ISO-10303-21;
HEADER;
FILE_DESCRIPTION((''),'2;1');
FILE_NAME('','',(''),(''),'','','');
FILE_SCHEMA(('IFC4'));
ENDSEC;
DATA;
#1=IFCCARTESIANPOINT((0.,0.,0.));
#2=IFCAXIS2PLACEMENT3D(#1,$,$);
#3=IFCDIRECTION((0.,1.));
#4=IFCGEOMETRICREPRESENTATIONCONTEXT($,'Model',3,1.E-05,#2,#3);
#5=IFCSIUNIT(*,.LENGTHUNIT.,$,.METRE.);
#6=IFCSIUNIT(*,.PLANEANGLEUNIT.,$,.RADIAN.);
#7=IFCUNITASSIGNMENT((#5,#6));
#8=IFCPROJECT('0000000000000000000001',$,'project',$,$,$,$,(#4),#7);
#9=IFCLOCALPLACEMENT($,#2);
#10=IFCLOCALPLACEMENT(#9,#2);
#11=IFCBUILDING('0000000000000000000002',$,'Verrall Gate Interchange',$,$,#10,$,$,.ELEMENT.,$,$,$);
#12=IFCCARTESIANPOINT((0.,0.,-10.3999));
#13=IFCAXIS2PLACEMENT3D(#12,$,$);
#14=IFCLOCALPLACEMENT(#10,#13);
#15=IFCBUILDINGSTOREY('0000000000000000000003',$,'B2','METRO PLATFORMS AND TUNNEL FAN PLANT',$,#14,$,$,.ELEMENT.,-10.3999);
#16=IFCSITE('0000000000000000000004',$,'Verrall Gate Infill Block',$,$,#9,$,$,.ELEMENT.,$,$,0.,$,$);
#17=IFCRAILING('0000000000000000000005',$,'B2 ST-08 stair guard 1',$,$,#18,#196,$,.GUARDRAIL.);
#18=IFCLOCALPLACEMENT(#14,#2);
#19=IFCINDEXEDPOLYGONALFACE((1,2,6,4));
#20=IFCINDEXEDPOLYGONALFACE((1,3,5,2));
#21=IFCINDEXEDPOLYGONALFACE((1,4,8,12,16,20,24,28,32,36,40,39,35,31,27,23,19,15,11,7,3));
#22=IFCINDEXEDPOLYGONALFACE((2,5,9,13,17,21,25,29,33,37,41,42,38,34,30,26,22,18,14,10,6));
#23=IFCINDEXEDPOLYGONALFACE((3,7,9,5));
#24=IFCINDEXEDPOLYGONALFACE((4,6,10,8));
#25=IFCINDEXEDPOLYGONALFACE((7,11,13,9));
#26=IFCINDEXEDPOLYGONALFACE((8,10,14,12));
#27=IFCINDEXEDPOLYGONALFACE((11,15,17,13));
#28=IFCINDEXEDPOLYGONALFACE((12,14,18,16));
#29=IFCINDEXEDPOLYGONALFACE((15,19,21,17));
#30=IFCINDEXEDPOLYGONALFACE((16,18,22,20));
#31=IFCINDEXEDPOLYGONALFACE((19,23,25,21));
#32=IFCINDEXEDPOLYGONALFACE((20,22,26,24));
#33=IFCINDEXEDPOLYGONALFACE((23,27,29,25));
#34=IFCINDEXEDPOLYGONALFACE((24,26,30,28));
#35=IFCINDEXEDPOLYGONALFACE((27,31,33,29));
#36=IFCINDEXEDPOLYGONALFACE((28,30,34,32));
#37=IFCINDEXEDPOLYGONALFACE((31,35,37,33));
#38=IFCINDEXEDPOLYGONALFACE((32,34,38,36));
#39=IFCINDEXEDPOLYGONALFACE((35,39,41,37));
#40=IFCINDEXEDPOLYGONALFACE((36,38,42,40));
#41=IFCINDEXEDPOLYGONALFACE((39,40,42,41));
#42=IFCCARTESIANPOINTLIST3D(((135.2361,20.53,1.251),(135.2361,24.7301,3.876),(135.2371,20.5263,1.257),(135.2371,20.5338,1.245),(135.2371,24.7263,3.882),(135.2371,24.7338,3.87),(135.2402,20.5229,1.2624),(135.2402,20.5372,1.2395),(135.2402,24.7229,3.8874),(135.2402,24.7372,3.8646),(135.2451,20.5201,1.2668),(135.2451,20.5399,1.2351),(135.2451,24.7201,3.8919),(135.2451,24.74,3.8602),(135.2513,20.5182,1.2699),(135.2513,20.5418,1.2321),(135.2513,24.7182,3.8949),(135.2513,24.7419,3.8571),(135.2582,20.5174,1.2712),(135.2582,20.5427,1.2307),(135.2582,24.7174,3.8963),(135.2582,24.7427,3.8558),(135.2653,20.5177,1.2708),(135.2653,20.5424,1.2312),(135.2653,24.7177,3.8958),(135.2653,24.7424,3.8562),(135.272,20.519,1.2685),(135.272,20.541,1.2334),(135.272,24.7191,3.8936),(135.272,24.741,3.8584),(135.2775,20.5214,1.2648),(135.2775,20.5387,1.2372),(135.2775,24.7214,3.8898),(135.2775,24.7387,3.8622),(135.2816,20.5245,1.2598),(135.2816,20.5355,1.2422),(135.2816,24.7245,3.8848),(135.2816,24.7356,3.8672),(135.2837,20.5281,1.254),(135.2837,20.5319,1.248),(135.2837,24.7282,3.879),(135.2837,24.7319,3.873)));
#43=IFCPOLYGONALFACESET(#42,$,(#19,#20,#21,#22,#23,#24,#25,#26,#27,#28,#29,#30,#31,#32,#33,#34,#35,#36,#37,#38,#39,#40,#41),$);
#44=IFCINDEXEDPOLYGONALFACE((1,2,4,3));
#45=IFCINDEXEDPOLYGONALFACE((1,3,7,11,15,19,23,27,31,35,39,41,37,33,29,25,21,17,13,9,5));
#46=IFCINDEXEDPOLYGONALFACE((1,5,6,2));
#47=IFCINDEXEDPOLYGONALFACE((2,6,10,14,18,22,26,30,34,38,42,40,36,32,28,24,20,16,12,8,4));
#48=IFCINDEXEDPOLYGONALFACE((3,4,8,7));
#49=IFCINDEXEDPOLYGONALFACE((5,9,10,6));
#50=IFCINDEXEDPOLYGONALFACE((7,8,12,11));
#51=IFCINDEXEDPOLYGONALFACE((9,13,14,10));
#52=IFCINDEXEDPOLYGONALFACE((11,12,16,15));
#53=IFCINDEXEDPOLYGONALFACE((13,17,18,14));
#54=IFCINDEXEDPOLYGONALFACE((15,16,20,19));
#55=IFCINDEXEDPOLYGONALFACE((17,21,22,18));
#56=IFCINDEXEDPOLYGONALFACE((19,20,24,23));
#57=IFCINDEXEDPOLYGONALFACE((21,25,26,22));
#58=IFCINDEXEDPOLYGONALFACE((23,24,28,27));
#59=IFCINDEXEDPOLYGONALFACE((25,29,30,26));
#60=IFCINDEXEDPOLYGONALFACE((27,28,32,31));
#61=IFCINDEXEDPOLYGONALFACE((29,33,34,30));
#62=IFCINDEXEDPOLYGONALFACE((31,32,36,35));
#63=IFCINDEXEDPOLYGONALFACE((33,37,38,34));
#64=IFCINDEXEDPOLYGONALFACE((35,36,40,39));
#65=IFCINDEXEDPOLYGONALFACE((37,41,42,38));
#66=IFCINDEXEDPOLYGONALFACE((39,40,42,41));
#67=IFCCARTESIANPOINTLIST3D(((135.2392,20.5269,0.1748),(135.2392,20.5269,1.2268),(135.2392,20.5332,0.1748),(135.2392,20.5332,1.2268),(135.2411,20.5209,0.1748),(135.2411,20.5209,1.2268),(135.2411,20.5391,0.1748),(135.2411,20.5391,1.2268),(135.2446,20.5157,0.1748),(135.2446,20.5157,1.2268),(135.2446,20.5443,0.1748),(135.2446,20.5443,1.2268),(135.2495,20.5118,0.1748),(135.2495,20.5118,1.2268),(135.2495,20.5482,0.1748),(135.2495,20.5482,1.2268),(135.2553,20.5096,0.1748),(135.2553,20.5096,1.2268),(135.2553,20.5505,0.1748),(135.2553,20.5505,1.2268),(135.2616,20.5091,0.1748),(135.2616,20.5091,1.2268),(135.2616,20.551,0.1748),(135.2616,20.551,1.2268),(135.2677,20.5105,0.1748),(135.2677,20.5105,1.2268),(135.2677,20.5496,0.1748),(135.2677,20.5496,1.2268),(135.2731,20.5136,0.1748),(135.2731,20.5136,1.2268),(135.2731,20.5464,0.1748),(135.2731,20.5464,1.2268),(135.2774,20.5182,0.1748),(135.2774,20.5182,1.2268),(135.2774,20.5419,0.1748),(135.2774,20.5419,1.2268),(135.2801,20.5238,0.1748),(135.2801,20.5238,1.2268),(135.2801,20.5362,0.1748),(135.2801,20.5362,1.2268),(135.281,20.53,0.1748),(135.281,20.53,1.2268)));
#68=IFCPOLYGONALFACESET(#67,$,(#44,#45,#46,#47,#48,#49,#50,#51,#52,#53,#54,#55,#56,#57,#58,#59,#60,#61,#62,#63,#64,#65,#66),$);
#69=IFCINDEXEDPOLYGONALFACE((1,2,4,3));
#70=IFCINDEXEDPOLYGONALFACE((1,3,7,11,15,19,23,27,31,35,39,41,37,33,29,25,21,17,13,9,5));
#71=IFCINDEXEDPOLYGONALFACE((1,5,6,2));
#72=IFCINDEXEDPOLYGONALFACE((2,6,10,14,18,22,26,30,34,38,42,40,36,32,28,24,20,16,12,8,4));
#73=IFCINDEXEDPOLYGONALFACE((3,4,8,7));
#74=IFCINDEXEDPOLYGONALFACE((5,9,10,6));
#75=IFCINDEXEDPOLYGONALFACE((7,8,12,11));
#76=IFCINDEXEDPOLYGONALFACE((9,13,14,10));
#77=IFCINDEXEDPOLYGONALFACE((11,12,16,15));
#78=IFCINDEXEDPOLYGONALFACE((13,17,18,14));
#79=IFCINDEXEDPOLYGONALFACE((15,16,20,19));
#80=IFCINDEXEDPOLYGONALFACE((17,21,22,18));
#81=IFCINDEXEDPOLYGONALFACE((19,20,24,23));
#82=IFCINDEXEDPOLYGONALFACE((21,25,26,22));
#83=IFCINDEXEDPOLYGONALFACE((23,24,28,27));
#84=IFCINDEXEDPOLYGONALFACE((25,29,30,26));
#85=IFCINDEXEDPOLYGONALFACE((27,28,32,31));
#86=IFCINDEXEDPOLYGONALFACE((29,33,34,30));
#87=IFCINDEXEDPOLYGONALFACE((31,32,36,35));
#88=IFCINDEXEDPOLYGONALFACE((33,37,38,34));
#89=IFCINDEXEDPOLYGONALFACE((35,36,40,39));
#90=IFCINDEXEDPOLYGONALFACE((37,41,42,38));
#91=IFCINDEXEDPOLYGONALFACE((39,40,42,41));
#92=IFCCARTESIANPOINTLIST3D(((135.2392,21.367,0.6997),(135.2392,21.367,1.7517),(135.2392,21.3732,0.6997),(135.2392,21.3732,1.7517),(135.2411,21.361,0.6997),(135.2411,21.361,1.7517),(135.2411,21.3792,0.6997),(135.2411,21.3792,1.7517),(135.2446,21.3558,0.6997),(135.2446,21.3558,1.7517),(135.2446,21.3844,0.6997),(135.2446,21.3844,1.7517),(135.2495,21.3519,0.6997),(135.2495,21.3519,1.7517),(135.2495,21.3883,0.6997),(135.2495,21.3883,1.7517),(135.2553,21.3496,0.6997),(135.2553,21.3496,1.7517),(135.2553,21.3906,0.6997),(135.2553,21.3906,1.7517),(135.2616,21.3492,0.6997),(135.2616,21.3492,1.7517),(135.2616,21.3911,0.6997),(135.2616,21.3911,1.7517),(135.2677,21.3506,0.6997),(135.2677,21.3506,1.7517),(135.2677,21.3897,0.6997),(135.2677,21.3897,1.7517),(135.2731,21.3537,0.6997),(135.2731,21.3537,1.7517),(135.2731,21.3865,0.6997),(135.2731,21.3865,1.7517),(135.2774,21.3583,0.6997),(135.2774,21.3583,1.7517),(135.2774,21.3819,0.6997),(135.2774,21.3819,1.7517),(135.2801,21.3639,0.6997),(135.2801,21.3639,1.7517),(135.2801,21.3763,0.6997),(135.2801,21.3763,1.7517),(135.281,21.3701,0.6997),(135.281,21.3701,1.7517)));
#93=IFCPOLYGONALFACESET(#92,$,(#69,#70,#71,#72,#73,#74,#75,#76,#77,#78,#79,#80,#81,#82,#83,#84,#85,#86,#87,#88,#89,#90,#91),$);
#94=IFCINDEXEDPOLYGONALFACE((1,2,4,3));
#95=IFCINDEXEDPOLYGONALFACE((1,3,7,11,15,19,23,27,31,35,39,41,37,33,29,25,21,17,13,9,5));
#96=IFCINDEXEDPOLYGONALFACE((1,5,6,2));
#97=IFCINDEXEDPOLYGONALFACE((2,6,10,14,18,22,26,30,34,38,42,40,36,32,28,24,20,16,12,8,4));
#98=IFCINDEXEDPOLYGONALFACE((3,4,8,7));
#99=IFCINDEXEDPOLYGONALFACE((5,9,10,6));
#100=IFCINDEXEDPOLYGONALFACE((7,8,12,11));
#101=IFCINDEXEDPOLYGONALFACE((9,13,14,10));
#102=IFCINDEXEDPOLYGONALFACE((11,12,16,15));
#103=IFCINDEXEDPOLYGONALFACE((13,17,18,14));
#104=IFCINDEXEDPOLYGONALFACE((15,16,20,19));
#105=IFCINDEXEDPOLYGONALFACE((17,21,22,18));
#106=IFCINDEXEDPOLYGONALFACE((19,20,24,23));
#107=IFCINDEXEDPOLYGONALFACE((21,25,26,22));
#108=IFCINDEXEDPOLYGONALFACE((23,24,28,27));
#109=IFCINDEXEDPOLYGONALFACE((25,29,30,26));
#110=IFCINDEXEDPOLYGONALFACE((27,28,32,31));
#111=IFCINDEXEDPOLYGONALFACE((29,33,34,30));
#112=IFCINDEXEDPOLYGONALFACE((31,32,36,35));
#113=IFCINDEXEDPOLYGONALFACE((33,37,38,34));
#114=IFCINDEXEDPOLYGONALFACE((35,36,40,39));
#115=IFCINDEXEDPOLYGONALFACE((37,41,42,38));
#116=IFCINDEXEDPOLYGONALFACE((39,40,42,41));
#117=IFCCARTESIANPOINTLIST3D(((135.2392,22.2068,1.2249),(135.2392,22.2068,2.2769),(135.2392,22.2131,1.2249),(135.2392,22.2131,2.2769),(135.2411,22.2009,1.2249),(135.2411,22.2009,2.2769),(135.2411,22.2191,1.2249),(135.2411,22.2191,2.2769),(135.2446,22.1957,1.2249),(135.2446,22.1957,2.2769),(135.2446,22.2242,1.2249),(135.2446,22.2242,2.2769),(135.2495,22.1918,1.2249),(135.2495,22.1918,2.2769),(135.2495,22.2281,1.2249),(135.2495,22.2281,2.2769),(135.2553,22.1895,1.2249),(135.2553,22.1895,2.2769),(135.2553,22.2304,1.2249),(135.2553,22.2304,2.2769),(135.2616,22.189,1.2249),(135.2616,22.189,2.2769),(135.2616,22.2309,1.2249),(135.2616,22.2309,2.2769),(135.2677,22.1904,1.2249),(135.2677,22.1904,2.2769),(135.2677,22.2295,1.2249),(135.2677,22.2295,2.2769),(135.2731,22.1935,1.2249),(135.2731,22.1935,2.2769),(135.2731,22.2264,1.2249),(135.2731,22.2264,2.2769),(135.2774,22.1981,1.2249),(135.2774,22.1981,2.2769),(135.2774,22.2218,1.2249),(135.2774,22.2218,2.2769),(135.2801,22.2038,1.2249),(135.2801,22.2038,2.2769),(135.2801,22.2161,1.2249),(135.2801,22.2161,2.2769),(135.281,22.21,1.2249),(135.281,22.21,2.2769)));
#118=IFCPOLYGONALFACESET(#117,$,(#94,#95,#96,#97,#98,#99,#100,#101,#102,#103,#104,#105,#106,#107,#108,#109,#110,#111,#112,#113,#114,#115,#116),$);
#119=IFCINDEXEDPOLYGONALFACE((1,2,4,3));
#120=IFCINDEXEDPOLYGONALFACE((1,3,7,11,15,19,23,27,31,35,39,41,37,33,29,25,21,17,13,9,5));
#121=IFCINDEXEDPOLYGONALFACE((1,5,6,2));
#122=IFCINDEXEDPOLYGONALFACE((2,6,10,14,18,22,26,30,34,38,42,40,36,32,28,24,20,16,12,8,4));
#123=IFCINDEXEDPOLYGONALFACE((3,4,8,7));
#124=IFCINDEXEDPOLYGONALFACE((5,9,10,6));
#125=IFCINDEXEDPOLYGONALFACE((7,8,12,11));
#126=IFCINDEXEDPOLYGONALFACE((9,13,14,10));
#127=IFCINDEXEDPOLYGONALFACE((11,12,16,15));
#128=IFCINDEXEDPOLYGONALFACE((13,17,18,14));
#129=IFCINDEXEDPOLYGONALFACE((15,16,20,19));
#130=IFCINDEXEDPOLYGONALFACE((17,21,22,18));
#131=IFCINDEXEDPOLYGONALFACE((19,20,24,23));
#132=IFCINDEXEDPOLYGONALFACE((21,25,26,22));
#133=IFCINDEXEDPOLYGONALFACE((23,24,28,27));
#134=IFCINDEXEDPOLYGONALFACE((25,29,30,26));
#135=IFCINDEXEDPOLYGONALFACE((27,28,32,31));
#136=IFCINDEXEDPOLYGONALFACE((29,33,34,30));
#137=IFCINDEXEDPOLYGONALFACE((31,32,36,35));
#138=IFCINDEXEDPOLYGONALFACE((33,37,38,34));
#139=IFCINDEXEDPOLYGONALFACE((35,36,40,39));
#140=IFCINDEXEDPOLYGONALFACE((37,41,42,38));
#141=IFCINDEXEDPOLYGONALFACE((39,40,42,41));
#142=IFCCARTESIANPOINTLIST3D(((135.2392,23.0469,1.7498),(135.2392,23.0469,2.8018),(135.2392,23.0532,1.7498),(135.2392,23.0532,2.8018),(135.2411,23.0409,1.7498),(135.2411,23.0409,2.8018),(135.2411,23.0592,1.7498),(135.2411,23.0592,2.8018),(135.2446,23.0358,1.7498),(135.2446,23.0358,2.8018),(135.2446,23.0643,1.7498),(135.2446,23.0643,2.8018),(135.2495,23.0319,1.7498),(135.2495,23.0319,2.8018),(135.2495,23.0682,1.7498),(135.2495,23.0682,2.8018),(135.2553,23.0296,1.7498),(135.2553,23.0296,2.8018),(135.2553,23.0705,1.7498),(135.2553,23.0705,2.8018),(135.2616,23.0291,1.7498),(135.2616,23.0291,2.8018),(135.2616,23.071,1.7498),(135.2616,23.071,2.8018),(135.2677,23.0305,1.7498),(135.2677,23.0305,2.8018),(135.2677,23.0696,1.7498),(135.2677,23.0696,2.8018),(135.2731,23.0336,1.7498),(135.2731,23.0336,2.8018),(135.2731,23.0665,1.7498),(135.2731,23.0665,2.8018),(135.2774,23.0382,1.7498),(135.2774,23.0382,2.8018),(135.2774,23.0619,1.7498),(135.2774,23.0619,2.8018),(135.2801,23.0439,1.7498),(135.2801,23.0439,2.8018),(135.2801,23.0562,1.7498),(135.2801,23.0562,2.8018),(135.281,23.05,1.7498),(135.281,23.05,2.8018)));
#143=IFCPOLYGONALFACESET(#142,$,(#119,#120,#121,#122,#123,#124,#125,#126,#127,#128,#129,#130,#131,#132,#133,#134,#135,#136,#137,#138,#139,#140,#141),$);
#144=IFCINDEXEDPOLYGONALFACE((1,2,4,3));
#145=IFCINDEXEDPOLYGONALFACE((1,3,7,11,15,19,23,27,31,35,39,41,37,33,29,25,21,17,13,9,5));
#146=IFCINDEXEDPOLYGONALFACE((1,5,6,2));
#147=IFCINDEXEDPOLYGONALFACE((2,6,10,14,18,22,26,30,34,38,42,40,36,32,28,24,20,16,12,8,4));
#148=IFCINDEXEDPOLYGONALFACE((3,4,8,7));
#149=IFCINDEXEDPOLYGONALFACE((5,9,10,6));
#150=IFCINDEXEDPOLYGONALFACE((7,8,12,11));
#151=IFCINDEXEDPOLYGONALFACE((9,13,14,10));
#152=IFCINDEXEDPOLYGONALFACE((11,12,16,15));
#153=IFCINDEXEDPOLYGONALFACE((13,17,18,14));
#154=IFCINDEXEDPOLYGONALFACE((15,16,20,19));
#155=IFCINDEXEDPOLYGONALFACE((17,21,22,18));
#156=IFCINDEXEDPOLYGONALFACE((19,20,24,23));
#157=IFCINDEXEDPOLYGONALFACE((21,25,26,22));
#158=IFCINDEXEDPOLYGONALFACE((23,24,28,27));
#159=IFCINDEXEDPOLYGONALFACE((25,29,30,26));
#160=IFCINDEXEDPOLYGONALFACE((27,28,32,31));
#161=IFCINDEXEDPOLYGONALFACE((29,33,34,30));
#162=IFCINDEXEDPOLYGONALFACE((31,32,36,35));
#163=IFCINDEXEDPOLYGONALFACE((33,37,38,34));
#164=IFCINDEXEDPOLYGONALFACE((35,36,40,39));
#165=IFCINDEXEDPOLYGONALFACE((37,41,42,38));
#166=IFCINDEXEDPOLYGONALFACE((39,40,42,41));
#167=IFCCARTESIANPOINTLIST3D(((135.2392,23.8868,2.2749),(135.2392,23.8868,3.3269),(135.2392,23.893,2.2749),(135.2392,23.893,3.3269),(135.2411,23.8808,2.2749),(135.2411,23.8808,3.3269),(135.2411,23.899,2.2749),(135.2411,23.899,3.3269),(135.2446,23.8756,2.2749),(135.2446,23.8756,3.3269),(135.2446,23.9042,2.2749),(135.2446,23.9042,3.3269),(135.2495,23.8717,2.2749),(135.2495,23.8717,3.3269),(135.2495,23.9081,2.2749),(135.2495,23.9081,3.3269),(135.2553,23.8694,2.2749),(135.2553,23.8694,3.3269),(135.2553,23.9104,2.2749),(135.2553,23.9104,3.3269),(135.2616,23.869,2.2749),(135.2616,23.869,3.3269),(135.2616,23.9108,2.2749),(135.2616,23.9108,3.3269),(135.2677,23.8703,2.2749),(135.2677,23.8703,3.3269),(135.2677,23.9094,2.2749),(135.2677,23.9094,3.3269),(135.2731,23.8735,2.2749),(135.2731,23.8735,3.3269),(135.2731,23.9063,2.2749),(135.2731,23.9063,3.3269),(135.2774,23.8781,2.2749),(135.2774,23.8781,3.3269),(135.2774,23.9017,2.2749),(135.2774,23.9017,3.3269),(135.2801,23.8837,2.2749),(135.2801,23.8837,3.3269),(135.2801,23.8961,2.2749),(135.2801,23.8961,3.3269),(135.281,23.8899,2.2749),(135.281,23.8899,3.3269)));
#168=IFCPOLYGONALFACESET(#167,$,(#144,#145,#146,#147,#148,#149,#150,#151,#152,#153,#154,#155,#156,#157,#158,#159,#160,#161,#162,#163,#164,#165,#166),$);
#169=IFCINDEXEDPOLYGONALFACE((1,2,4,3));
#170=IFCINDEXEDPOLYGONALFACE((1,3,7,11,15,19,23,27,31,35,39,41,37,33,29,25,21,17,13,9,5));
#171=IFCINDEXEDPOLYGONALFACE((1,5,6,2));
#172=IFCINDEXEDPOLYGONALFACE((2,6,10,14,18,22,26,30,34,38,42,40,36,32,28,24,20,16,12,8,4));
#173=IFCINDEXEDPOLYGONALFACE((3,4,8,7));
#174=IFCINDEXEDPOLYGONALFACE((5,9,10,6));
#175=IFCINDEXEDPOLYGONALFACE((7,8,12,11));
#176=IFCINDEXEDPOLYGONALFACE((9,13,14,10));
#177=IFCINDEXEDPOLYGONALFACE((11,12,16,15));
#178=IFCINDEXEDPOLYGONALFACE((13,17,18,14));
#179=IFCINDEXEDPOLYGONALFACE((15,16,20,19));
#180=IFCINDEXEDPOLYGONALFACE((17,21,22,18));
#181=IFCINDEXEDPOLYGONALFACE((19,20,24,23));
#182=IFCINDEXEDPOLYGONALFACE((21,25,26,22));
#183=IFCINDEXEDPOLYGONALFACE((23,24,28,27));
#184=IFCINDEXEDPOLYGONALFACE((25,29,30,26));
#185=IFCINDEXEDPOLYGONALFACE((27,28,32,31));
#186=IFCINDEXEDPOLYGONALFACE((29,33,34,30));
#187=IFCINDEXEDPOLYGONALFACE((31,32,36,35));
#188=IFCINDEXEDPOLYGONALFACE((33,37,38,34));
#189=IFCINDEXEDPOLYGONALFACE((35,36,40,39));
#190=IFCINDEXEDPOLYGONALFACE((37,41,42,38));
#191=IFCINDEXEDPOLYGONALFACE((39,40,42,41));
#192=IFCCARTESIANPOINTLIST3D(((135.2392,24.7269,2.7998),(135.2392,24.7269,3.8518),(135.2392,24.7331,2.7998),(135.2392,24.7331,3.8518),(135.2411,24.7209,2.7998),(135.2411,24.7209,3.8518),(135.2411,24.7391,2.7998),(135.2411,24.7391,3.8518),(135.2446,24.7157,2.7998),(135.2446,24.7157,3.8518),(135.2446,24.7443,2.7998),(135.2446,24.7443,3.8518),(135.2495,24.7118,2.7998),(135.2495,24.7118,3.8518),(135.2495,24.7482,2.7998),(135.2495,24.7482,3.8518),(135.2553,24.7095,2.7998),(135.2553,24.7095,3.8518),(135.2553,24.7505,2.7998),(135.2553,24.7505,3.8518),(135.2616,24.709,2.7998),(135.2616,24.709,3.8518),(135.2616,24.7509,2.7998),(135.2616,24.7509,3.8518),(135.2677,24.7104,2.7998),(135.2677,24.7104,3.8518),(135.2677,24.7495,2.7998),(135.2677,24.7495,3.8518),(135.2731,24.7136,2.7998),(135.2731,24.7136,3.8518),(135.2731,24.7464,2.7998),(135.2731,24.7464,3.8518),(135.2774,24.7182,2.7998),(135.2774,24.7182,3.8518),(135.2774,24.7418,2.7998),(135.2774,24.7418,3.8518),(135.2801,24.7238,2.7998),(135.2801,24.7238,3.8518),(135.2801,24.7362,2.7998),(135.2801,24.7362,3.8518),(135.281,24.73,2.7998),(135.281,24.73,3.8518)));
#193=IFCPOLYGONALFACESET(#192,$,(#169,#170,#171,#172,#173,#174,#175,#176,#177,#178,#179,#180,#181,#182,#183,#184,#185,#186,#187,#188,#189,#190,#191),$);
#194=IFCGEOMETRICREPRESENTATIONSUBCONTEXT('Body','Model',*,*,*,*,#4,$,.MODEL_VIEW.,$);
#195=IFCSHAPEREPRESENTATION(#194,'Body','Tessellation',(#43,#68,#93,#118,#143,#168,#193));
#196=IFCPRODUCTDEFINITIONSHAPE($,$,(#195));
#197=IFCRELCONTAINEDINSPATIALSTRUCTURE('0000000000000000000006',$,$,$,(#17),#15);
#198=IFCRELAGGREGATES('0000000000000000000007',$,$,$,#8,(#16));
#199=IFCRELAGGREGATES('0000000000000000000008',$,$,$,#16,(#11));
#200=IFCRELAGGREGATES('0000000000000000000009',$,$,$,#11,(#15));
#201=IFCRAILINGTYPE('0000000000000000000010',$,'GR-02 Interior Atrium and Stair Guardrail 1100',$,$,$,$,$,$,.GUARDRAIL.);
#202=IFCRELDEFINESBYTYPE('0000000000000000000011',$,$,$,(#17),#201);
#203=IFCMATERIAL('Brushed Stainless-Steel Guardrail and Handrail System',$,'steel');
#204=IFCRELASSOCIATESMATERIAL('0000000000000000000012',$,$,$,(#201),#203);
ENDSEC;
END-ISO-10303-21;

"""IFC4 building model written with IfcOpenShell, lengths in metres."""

from ifc_helpers import new_model, si_unit, direction, frame, origin, origin_2d, place, context, subcontext, project, spatial, circle, extrude, material, type_object, element, save


model = new_model("IFC4")

# Units and contexts
model_context = context("Model", 3, precision=1e-05, world=origin(), true_north=direction((0.0, 1.0)))
body_context = subcontext(model_context, "Body", "Model", "MODEL_VIEW")
ifc_project = project(units=[si_unit("LENGTHUNIT", "METRE"), si_unit("PLANEANGLEUNIT", "RADIAN")], contexts=[model_context])

# Site, building, storey
site_placement = place(None, origin())
site = spatial("IfcSite", under=ifc_project, at=site_placement, Name="Verrall Gate Infill Block", CompositionType="ELEMENT", RefElevation=0.0)
building_placement = place(site_placement, origin())
building = spatial("IfcBuilding", under=site, at=building_placement, Name="Verrall Gate Interchange", CompositionType="ELEMENT")
storey_placement = place(building_placement, frame((0.0, 0.0, -10.3999)))
storey = spatial("IfcBuildingStorey", under=building, at=storey_placement, Name="B2", Description="METRO PLATFORMS AND TUNNEL FAN PLANT", CompositionType="ELEMENT", Elevation=-10.3999)

# Railing
ifc_material_1 = material(Name="Brushed Stainless-Steel Guardrail and Handrail System", Category="steel")
railing_type_1 = type_object("IfcRailingType", Name="GR-02 Interior Atrium and Stair Guardrail 1100", PredefinedType="GUARDRAIL", material=ifc_material_1)
railing_1_placement = place(storey_placement, frame((135.26, 20.53, 0.1748)))
element("IfcRailing", 1, at=railing_1_placement, inside=storey, type_object=railing_type_1, Name="B2 ST-08 stair guard 1", PredefinedType="GUARDRAIL", context=body_context, shape_type="SweptSolid", body=[
    extrude(circle(Radius=0.0239, at=origin_2d()), frame((0.0, 0.0, 1.0762), z_axis=(0.0, 0.847996, 0.530003), x_axis=(-1.0, 0.0, 0.0)), (0.0, 0.0, 1.0), 4.9529),
    extrude(circle(Radius=0.021, at=origin_2d()), origin(), (0.0, 0.0, 1.0), 1.052),
    extrude(circle(Radius=0.021, at=origin_2d()), frame((0.0, 0.8401, 0.5249)), (0.0, 0.0, 1.0), 1.052),
    extrude(circle(Radius=0.021, at=origin_2d()), frame((0.0, 1.6799, 1.05)), (0.0, 0.0, 1.0), 1.052),
    extrude(circle(Radius=0.021, at=origin_2d()), frame((0.0, 2.52, 1.575)), (0.0, 0.0, 1.0), 1.052),
    extrude(circle(Radius=0.021, at=origin_2d()), frame((0.0, 3.3599, 2.1001)), (0.0, 0.0, 1.0), 1.052),
    extrude(circle(Radius=0.021, at=origin_2d()), frame((0.0, 4.2, 2.625)), (0.0, 0.0, 1.0), 1.052),
])

save(model, "model.ifc")
